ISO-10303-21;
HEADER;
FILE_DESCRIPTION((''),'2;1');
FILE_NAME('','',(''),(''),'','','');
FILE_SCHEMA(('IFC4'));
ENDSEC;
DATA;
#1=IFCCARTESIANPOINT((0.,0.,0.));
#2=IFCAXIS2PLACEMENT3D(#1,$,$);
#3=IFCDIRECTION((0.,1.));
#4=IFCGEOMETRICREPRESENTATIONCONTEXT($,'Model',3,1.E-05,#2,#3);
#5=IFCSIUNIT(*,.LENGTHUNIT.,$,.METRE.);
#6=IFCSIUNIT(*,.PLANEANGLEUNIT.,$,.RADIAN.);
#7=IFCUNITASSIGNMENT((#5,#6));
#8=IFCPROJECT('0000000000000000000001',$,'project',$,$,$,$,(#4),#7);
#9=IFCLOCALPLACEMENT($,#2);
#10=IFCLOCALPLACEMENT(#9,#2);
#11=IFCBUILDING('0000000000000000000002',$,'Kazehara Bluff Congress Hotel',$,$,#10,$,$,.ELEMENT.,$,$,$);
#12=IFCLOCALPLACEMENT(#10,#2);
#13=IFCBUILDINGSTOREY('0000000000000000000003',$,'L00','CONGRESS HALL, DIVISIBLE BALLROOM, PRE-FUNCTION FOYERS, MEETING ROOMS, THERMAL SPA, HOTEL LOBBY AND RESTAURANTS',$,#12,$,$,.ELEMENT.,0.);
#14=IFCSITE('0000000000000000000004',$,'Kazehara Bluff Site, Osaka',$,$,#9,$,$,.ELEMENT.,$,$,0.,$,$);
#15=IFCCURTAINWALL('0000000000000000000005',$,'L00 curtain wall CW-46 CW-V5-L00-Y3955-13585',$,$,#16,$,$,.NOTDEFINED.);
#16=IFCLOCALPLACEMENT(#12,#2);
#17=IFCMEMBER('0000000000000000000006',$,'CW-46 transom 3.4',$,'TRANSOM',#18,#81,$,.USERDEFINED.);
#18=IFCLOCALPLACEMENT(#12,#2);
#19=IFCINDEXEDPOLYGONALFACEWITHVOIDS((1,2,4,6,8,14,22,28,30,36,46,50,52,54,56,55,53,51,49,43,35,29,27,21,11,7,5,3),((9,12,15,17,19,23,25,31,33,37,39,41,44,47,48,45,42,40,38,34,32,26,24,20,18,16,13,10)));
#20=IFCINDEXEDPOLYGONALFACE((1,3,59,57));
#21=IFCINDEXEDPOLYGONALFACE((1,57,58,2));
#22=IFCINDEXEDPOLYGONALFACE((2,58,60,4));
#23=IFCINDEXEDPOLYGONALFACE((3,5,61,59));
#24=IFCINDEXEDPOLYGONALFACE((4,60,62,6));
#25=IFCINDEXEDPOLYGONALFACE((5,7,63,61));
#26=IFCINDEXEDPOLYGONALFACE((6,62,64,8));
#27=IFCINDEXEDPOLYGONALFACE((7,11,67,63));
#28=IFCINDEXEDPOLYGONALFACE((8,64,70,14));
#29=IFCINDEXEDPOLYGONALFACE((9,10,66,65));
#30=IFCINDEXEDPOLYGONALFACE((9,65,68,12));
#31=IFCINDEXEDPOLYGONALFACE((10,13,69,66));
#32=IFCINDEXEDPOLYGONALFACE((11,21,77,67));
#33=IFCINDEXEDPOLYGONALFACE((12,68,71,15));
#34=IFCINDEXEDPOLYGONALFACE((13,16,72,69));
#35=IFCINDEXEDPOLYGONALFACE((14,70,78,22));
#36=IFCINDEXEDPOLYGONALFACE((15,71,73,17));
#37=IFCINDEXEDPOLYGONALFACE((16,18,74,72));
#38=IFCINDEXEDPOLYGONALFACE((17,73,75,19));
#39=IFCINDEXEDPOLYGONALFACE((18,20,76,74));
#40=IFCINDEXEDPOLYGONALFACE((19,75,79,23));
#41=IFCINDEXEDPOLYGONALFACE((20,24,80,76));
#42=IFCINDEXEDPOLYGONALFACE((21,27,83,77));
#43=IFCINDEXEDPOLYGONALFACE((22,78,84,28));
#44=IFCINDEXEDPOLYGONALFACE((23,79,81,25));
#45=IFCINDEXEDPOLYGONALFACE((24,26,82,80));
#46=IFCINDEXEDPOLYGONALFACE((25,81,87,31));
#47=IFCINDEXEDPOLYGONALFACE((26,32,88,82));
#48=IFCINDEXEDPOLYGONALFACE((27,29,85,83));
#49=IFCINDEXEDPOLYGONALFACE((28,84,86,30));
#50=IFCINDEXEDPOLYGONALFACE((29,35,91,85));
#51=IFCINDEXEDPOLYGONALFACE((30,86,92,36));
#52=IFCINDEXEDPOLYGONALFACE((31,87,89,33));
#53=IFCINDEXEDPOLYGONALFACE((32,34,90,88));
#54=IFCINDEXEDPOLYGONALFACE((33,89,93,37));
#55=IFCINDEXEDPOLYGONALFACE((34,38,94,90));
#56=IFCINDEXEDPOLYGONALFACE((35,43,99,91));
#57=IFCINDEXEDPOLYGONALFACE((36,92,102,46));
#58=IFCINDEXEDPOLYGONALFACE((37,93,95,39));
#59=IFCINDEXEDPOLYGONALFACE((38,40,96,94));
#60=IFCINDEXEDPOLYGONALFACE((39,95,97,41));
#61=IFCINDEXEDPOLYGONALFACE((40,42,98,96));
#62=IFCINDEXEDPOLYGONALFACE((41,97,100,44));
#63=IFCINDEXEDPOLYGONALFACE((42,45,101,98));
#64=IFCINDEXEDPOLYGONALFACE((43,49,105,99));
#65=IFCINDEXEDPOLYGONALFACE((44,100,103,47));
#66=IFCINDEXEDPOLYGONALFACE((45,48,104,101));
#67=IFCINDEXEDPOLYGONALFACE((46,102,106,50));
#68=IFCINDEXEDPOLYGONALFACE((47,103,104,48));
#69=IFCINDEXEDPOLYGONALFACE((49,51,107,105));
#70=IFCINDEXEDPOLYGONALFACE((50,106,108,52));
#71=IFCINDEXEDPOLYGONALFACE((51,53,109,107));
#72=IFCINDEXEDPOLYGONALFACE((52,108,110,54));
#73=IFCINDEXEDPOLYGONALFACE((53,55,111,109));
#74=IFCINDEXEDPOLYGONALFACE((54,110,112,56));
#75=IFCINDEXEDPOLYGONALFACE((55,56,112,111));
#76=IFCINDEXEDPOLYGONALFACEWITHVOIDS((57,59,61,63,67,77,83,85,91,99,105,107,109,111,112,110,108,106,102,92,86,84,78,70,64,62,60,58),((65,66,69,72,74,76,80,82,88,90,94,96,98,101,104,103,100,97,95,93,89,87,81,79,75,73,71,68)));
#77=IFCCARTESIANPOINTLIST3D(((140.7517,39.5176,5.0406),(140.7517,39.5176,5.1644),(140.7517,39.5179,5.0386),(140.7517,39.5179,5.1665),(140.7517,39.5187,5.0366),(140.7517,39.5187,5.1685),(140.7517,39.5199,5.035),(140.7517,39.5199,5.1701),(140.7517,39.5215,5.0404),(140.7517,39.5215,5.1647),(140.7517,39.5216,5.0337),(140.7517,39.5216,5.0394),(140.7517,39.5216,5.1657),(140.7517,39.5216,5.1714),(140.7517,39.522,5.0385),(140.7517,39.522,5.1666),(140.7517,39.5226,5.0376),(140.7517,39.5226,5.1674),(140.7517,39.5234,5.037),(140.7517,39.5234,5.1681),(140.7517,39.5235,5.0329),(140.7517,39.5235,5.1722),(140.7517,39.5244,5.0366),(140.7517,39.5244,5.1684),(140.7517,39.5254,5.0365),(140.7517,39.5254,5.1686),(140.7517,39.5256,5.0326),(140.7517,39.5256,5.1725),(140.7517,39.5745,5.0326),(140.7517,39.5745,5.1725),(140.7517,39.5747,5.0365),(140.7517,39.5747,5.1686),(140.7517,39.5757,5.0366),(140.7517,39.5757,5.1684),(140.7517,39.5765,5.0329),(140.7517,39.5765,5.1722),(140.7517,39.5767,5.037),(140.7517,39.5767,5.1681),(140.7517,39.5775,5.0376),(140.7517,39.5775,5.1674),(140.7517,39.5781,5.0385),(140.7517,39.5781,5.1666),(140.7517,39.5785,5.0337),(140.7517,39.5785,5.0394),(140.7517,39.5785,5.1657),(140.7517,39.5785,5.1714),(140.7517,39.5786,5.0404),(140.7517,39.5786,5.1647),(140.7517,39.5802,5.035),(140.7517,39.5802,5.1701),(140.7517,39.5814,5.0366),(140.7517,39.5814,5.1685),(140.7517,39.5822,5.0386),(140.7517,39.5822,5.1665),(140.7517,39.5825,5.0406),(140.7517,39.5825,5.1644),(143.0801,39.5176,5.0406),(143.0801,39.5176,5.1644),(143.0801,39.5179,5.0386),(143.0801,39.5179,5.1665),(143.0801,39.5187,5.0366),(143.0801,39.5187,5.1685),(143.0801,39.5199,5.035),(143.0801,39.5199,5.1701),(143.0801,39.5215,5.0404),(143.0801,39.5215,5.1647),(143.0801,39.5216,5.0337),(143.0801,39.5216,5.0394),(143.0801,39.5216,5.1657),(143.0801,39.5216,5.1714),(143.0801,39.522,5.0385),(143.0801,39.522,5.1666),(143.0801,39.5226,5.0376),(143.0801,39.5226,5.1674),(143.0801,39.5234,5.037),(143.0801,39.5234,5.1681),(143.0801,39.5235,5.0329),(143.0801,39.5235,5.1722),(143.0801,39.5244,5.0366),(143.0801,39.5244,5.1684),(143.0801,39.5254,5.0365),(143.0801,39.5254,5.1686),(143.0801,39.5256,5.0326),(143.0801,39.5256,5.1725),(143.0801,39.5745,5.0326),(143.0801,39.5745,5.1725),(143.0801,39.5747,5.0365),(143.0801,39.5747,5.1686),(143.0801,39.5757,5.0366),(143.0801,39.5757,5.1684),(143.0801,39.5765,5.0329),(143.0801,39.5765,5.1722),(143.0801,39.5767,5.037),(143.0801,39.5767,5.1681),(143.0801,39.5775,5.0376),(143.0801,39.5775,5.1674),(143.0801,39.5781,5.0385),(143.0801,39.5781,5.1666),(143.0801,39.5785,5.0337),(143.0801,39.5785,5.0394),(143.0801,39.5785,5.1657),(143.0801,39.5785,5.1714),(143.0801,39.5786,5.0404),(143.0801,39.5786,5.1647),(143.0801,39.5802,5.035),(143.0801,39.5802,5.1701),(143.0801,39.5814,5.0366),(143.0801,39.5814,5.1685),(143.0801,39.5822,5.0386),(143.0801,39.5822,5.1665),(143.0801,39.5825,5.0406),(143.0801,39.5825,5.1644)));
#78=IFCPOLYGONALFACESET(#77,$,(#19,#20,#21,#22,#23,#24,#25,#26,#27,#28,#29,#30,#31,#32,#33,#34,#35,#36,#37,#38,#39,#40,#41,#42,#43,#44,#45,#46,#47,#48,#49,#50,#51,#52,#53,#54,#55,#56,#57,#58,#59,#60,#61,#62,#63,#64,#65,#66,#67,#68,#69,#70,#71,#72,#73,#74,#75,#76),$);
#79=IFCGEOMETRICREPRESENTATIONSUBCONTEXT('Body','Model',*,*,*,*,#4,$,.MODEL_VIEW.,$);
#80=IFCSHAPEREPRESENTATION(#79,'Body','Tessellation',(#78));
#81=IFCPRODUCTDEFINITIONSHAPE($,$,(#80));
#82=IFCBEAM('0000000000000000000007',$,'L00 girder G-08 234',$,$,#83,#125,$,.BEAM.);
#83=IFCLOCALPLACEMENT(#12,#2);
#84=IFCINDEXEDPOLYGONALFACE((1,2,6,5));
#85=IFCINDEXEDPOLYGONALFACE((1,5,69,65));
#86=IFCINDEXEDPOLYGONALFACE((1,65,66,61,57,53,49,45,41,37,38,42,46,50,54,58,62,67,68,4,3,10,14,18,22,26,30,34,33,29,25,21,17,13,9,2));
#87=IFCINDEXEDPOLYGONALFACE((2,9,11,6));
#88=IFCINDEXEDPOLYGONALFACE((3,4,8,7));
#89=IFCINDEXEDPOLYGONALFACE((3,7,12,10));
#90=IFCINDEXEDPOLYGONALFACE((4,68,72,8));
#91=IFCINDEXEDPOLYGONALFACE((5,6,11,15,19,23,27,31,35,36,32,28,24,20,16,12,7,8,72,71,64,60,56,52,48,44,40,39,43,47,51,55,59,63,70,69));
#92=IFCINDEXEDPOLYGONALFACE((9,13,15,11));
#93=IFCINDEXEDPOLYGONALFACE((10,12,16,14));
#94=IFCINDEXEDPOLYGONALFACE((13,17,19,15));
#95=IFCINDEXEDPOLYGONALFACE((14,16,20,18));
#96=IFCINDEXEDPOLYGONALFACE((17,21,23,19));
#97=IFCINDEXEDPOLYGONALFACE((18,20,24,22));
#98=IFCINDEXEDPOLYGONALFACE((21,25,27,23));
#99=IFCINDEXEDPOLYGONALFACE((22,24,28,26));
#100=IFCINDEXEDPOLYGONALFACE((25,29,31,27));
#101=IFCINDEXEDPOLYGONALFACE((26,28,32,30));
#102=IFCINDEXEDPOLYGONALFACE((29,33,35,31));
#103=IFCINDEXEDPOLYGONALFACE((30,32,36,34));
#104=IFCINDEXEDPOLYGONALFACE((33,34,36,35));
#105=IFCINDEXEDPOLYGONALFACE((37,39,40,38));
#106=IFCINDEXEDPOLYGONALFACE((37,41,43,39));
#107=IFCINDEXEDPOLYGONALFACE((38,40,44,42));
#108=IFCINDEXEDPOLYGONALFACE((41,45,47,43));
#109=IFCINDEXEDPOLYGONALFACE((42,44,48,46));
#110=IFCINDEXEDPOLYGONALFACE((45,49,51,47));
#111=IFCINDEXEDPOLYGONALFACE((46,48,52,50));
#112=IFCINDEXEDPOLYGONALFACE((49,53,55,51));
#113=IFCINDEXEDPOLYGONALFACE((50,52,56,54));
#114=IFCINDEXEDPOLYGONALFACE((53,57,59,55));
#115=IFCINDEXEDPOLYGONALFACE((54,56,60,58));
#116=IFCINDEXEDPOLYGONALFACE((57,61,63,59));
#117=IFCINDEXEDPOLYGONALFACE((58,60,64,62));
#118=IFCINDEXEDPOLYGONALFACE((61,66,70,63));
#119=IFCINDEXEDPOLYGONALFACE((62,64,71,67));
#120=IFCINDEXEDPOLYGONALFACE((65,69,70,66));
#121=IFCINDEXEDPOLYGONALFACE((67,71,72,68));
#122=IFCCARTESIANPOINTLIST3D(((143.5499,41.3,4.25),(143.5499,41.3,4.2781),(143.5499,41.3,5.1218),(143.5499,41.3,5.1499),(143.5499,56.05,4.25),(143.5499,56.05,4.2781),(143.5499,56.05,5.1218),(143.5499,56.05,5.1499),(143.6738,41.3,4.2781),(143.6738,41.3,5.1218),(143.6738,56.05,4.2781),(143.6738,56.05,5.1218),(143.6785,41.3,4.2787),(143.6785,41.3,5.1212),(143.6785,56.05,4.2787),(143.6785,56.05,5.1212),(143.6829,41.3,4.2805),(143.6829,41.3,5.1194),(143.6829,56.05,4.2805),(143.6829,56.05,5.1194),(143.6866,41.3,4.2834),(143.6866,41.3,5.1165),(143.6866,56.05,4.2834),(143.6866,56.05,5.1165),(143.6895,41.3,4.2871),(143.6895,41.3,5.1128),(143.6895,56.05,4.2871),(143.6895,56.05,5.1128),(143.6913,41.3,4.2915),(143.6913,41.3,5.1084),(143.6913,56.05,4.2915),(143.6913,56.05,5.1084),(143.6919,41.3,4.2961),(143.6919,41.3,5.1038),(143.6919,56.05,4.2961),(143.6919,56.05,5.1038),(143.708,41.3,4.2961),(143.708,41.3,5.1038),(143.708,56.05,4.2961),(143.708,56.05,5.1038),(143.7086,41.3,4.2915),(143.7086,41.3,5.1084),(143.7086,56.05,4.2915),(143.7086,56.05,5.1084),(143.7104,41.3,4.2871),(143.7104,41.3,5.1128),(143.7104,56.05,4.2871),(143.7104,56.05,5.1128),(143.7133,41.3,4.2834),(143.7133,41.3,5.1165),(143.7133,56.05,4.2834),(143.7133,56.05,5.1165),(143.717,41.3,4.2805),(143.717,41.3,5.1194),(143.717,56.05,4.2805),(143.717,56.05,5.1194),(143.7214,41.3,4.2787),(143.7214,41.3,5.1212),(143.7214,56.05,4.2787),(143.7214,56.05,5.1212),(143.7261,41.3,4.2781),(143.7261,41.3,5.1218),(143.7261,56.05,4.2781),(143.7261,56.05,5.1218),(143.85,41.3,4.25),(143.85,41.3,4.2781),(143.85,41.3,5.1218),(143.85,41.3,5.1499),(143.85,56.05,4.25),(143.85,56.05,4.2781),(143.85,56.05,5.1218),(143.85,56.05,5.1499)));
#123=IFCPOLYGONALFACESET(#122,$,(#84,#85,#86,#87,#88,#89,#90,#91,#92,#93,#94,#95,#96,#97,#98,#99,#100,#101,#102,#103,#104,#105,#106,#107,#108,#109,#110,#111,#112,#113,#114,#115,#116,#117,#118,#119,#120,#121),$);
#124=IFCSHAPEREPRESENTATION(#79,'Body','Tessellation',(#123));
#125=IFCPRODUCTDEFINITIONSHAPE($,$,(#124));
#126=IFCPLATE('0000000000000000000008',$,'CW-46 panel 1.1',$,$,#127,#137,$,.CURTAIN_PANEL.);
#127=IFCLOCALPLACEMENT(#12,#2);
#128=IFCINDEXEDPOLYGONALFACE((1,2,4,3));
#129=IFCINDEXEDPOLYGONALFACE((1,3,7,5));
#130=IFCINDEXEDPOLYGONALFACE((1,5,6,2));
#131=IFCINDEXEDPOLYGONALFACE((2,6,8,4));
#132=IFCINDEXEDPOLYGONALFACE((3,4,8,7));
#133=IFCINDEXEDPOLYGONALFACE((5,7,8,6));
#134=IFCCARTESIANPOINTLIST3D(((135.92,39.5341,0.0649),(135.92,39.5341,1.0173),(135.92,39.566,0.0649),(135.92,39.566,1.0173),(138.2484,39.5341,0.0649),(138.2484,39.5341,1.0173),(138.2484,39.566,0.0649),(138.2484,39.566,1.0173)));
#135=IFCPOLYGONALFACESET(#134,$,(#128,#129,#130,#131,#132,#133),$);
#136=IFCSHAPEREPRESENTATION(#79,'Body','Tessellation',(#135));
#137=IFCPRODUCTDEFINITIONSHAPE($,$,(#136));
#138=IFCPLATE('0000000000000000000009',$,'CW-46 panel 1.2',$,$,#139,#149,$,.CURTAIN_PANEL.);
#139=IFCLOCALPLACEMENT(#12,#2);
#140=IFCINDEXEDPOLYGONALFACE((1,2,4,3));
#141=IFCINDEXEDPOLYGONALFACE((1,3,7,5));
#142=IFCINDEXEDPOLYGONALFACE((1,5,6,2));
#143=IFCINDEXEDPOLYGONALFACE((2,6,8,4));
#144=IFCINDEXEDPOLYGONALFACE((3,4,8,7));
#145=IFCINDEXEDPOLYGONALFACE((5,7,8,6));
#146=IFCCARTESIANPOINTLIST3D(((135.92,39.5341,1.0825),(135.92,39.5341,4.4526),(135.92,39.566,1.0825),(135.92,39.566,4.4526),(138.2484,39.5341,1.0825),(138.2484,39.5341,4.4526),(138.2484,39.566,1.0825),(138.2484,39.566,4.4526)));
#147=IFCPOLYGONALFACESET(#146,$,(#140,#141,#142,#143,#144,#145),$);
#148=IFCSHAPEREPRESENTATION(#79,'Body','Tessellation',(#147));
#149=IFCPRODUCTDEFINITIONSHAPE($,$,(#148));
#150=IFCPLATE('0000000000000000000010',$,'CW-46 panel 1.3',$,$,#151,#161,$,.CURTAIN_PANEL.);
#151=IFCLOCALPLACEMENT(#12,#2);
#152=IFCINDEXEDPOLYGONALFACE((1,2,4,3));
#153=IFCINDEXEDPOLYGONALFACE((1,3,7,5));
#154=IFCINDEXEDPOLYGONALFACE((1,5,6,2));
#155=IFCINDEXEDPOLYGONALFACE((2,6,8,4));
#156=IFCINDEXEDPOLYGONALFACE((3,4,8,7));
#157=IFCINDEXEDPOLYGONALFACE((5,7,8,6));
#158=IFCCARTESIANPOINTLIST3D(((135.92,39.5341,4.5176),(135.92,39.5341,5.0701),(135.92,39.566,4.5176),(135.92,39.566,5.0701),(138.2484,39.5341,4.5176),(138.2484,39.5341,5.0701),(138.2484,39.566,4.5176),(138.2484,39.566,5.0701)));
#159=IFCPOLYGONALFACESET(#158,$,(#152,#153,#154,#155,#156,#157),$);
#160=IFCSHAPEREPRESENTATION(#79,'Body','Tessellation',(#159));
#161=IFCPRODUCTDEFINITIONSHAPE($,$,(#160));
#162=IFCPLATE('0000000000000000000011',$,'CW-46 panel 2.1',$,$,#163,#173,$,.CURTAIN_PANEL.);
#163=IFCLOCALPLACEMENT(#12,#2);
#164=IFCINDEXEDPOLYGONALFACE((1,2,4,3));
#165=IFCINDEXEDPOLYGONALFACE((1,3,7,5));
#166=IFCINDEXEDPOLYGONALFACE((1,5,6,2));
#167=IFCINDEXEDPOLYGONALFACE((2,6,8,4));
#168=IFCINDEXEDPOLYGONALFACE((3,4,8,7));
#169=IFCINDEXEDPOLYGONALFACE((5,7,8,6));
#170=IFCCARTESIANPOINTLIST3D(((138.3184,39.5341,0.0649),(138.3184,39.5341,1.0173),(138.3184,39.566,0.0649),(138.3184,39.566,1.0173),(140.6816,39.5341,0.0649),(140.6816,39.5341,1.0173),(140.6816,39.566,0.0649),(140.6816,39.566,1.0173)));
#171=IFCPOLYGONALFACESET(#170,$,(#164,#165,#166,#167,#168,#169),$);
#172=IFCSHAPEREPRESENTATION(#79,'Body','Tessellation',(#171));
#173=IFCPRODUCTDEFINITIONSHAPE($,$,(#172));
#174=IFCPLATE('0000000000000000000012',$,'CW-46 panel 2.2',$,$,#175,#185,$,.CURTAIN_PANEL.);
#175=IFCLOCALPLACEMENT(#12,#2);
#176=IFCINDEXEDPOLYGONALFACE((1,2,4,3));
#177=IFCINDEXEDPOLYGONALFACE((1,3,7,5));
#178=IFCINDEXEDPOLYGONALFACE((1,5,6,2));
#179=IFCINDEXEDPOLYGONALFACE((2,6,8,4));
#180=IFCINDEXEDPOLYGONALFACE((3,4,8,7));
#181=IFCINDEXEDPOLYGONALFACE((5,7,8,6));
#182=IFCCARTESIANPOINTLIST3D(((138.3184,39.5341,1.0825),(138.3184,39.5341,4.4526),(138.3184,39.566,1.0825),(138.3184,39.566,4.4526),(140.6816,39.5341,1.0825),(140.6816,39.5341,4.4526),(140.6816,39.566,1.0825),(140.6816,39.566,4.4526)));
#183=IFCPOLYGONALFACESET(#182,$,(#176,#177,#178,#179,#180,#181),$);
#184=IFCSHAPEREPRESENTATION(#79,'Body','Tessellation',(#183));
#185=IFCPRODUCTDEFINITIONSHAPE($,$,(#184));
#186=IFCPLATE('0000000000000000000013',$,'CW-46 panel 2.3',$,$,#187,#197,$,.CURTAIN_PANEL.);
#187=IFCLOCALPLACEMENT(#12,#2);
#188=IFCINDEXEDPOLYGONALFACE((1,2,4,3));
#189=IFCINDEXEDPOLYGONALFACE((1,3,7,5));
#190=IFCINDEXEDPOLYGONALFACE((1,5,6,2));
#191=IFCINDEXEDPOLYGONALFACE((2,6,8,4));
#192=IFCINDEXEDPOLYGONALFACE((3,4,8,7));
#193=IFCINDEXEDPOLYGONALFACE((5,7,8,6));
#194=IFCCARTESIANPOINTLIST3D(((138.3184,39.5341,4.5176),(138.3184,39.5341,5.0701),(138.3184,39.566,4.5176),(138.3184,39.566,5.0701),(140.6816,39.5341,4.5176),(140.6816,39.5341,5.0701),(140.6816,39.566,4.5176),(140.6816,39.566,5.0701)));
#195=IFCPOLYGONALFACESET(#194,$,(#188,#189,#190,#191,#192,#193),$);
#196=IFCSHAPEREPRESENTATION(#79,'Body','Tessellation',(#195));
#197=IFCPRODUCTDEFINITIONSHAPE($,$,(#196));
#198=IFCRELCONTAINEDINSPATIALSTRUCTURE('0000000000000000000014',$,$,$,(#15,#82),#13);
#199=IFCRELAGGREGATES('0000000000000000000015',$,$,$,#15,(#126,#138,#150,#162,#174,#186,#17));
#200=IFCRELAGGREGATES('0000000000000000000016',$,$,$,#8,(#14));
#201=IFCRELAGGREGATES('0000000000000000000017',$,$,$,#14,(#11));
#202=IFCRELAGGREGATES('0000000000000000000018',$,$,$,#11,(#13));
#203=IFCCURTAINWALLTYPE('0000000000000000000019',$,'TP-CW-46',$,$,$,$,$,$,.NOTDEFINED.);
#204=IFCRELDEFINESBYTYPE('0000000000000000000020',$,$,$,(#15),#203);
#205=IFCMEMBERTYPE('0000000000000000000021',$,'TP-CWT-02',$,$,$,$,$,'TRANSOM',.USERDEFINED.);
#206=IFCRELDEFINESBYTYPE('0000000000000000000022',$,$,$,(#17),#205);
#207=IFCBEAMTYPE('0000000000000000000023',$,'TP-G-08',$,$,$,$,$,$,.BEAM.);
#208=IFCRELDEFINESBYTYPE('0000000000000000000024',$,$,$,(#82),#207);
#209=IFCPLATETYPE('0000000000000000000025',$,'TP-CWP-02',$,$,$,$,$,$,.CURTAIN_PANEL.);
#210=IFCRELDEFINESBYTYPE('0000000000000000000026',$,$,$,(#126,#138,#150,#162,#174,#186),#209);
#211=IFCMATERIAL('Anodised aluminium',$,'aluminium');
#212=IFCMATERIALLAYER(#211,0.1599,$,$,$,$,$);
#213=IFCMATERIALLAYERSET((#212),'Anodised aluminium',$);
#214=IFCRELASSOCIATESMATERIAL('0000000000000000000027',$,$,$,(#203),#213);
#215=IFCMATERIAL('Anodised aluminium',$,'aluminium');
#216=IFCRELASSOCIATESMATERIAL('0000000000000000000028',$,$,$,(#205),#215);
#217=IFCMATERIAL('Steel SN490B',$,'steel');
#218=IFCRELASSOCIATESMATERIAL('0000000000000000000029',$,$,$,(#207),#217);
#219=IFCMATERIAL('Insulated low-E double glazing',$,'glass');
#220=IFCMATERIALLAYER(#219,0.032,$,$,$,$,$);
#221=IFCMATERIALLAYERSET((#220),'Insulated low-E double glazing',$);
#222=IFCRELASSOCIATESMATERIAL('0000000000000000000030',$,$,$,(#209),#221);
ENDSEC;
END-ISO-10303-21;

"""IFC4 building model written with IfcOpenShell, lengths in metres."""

from ifc_helpers import new_model, si_unit, direction, frame, origin, origin_2d, place, context, subcontext, project, spatial, rectangle, hollow_rectangle, i_section, extrude, material, layer, layer_set, material_profile, profile_set, type_object, element, aggregate, save


model = new_model("IFC4")

# Units and contexts
model_context = context("Model", 3, precision=1e-05, world=origin(), true_north=direction((0.0, 1.0)))
body_context = subcontext(model_context, "Body", "Model", "MODEL_VIEW")
ifc_project = project(units=[si_unit("LENGTHUNIT", "METRE"), si_unit("PLANEANGLEUNIT", "RADIAN")], contexts=[model_context])

# Site, building, storey
site_placement = place(None, origin())
site = spatial("IfcSite", under=ifc_project, at=site_placement, Name="Kazehara Bluff Site, Osaka", CompositionType="ELEMENT", RefElevation=0.0)
building_placement = place(site_placement, origin())
building = spatial("IfcBuilding", under=site, at=building_placement, Name="Kazehara Bluff Congress Hotel", CompositionType="ELEMENT")
storey_placement = place(building_placement, origin())
storey = spatial("IfcBuildingStorey", under=building, at=storey_placement, Name="L00", Description="CONGRESS HALL, DIVISIBLE BALLROOM, PRE-FUNCTION FOYERS, MEETING ROOMS, THERMAL SPA, HOTEL LOBBY AND RESTAURANTS", CompositionType="ELEMENT", Elevation=0.0)

# Curtain wall, member
ifc_material_1 = material(Name="Anodised aluminium", Category="aluminium")
ifc_layer_1 = layer(ifc_material_1, 0.1599)
ifc_layer_set_1 = layer_set([ifc_layer_1], Name="Anodised aluminium")
curtain_wall_type = type_object("IfcCurtainWallType", Name="TP-CW-46", PredefinedType="NOTDEFINED", material=ifc_layer_set_1)
curtain_wall_placement = place(storey_placement, origin())
curtain_wall = element("IfcCurtainWall", 1, at=curtain_wall_placement, inside=storey, type_object=curtain_wall_type, Name="L00 curtain wall CW-46 CW-V5-L00-Y3955-13585", PredefinedType="NOTDEFINED")
ifc_material_2 = material(Name="Anodised aluminium", Category="aluminium")
ifc_material_profile_1 = material_profile(ifc_material_2, hollow_rectangle(XDim=0.0649, YDim=0.1399, WallThickness=0.0039, InnerFilletRadius=0.0039, OuterFilletRadius=0.0081, at=origin_2d()))
ifc_profile_set_1 = profile_set([ifc_material_profile_1], Name="Anodised aluminium")
member_type_1 = type_object("IfcMemberType", Name="TP-CWT-02", ElementType="TRANSOM", PredefinedType="USERDEFINED", material=ifc_profile_set_1)
member_1_placement = place(storey_placement, frame((140.7517, 39.55, 5.1025), z_axis=(1.0, 0.0, 0.0), x_axis=(0.0, 1.0, 0.0)))
member_1 = element("IfcMember", 2, at=member_1_placement, type_object=member_type_1, Name="CW-46 transom 3.4", ObjectType="TRANSOM", PredefinedType="USERDEFINED", context=body_context, shape_type="SweptSolid", body=[
    extrude(hollow_rectangle(XDim=0.0649, YDim=0.1399, WallThickness=0.0039, InnerFilletRadius=0.0039, OuterFilletRadius=0.0081, at=origin_2d()), origin(), (0.0, 0.0, 1.0), 2.3284),
])

# Beam
ifc_material_3 = material(Name="Steel SN490B", Category="steel")
ifc_material_profile_2 = material_profile(ifc_material_3, i_section(OverallWidth=0.3, OverallDepth=0.8999, WebThickness=0.0161, FlangeThickness=0.0281, FilletRadius=0.0181, at=origin_2d()))
ifc_profile_set_2 = profile_set([ifc_material_profile_2], Name="Steel SN490B")
beam_type = type_object("IfcBeamType", Name="TP-G-08", PredefinedType="BEAM", material=ifc_profile_set_2)
beam_placement = place(storey_placement, frame((143.7, 41.3, 4.7), z_axis=(0.0, 1.0, 0.0), x_axis=(-1.0, 0.0, 0.0)))
element("IfcBeam", 3, at=beam_placement, inside=storey, type_object=beam_type, Name="L00 girder G-08 234", PredefinedType="BEAM", context=body_context, shape_type="SweptSolid", body=[
    extrude(i_section(OverallWidth=0.3, OverallDepth=0.8999, WebThickness=0.0161, FlangeThickness=0.0281, FilletRadius=0.0181, at=origin_2d()), origin(), (0.0, 0.0, 1.0), 14.75),
])

# Plates
ifc_material_4 = material(Name="Insulated low-E double glazing", Category="glass")
ifc_layer_2 = layer(ifc_material_4, 0.032)
ifc_layer_set_2 = layer_set([ifc_layer_2], Name="Insulated low-E double glazing")
plate_type = type_object("IfcPlateType", Name="TP-CWP-02", PredefinedType="CURTAIN_PANEL", material=ifc_layer_set_2)
plate_1_placement = place(storey_placement, frame((137.0842, 39.55, 0.0649), z_axis=(0.0, 0.0, 1.0), x_axis=(1.0, 0.0, 0.0)))
plate_1 = element("IfcPlate", 4, at=plate_1_placement, type_object=plate_type, Name="CW-46 panel 1.1", PredefinedType="CURTAIN_PANEL", context=body_context, shape_type="SweptSolid", body=[
    extrude(rectangle(XDim=2.3284, YDim=0.032, at=origin_2d()), origin(), (0.0, 0.0, 1.0), 0.9524),
])
plate_2_placement = place(storey_placement, frame((137.0842, 39.55, 1.0825), z_axis=(0.0, 0.0, 1.0), x_axis=(1.0, 0.0, 0.0)))
plate_2 = element("IfcPlate", 5, at=plate_2_placement, type_object=plate_type, Name="CW-46 panel 1.2", PredefinedType="CURTAIN_PANEL", context=body_context, shape_type="SweptSolid", body=[
    extrude(rectangle(XDim=2.3284, YDim=0.032, at=origin_2d()), origin(), (0.0, 0.0, 1.0), 3.3701),
])
plate_3_placement = place(storey_placement, frame((137.0842, 39.55, 4.5176), z_axis=(0.0, 0.0, 1.0), x_axis=(1.0, 0.0, 0.0)))
plate_3 = element("IfcPlate", 6, at=plate_3_placement, type_object=plate_type, Name="CW-46 panel 1.3", PredefinedType="CURTAIN_PANEL", context=body_context, shape_type="SweptSolid", body=[
    extrude(rectangle(XDim=2.3284, YDim=0.032, at=origin_2d()), origin(), (0.0, 0.0, 1.0), 0.5525),
])
plate_4_placement = place(storey_placement, frame((139.5, 39.55, 0.0649), z_axis=(0.0, 0.0, 1.0), x_axis=(1.0, 0.0, 0.0)))
plate_4 = element("IfcPlate", 7, at=plate_4_placement, type_object=plate_type, Name="CW-46 panel 2.1", PredefinedType="CURTAIN_PANEL", context=body_context, shape_type="SweptSolid", body=[
    extrude(rectangle(XDim=2.3633, YDim=0.032, at=origin_2d()), origin(), (0.0, 0.0, 1.0), 0.9524),
])
plate_5_placement = place(storey_placement, frame((139.5, 39.55, 1.0825), z_axis=(0.0, 0.0, 1.0), x_axis=(1.0, 0.0, 0.0)))
plate_5 = element("IfcPlate", 8, at=plate_5_placement, type_object=plate_type, Name="CW-46 panel 2.2", PredefinedType="CURTAIN_PANEL", context=body_context, shape_type="SweptSolid", body=[
    extrude(rectangle(XDim=2.3633, YDim=0.032, at=origin_2d()), origin(), (0.0, 0.0, 1.0), 3.3701),
])
plate_6_placement = place(storey_placement, frame((139.5, 39.55, 4.5176), z_axis=(0.0, 0.0, 1.0), x_axis=(1.0, 0.0, 0.0)))
plate_6 = element("IfcPlate", 9, at=plate_6_placement, type_object=plate_type, Name="CW-46 panel 2.3", PredefinedType="CURTAIN_PANEL", context=body_context, shape_type="SweptSolid", body=[
    extrude(rectangle(XDim=2.3633, YDim=0.032, at=origin_2d()), origin(), (0.0, 0.0, 1.0), 0.5525),
])
aggregate(curtain_wall, [plate_1, plate_2, plate_3, plate_4, plate_5, plate_6, member_1])

save(model, "model.ifc")
